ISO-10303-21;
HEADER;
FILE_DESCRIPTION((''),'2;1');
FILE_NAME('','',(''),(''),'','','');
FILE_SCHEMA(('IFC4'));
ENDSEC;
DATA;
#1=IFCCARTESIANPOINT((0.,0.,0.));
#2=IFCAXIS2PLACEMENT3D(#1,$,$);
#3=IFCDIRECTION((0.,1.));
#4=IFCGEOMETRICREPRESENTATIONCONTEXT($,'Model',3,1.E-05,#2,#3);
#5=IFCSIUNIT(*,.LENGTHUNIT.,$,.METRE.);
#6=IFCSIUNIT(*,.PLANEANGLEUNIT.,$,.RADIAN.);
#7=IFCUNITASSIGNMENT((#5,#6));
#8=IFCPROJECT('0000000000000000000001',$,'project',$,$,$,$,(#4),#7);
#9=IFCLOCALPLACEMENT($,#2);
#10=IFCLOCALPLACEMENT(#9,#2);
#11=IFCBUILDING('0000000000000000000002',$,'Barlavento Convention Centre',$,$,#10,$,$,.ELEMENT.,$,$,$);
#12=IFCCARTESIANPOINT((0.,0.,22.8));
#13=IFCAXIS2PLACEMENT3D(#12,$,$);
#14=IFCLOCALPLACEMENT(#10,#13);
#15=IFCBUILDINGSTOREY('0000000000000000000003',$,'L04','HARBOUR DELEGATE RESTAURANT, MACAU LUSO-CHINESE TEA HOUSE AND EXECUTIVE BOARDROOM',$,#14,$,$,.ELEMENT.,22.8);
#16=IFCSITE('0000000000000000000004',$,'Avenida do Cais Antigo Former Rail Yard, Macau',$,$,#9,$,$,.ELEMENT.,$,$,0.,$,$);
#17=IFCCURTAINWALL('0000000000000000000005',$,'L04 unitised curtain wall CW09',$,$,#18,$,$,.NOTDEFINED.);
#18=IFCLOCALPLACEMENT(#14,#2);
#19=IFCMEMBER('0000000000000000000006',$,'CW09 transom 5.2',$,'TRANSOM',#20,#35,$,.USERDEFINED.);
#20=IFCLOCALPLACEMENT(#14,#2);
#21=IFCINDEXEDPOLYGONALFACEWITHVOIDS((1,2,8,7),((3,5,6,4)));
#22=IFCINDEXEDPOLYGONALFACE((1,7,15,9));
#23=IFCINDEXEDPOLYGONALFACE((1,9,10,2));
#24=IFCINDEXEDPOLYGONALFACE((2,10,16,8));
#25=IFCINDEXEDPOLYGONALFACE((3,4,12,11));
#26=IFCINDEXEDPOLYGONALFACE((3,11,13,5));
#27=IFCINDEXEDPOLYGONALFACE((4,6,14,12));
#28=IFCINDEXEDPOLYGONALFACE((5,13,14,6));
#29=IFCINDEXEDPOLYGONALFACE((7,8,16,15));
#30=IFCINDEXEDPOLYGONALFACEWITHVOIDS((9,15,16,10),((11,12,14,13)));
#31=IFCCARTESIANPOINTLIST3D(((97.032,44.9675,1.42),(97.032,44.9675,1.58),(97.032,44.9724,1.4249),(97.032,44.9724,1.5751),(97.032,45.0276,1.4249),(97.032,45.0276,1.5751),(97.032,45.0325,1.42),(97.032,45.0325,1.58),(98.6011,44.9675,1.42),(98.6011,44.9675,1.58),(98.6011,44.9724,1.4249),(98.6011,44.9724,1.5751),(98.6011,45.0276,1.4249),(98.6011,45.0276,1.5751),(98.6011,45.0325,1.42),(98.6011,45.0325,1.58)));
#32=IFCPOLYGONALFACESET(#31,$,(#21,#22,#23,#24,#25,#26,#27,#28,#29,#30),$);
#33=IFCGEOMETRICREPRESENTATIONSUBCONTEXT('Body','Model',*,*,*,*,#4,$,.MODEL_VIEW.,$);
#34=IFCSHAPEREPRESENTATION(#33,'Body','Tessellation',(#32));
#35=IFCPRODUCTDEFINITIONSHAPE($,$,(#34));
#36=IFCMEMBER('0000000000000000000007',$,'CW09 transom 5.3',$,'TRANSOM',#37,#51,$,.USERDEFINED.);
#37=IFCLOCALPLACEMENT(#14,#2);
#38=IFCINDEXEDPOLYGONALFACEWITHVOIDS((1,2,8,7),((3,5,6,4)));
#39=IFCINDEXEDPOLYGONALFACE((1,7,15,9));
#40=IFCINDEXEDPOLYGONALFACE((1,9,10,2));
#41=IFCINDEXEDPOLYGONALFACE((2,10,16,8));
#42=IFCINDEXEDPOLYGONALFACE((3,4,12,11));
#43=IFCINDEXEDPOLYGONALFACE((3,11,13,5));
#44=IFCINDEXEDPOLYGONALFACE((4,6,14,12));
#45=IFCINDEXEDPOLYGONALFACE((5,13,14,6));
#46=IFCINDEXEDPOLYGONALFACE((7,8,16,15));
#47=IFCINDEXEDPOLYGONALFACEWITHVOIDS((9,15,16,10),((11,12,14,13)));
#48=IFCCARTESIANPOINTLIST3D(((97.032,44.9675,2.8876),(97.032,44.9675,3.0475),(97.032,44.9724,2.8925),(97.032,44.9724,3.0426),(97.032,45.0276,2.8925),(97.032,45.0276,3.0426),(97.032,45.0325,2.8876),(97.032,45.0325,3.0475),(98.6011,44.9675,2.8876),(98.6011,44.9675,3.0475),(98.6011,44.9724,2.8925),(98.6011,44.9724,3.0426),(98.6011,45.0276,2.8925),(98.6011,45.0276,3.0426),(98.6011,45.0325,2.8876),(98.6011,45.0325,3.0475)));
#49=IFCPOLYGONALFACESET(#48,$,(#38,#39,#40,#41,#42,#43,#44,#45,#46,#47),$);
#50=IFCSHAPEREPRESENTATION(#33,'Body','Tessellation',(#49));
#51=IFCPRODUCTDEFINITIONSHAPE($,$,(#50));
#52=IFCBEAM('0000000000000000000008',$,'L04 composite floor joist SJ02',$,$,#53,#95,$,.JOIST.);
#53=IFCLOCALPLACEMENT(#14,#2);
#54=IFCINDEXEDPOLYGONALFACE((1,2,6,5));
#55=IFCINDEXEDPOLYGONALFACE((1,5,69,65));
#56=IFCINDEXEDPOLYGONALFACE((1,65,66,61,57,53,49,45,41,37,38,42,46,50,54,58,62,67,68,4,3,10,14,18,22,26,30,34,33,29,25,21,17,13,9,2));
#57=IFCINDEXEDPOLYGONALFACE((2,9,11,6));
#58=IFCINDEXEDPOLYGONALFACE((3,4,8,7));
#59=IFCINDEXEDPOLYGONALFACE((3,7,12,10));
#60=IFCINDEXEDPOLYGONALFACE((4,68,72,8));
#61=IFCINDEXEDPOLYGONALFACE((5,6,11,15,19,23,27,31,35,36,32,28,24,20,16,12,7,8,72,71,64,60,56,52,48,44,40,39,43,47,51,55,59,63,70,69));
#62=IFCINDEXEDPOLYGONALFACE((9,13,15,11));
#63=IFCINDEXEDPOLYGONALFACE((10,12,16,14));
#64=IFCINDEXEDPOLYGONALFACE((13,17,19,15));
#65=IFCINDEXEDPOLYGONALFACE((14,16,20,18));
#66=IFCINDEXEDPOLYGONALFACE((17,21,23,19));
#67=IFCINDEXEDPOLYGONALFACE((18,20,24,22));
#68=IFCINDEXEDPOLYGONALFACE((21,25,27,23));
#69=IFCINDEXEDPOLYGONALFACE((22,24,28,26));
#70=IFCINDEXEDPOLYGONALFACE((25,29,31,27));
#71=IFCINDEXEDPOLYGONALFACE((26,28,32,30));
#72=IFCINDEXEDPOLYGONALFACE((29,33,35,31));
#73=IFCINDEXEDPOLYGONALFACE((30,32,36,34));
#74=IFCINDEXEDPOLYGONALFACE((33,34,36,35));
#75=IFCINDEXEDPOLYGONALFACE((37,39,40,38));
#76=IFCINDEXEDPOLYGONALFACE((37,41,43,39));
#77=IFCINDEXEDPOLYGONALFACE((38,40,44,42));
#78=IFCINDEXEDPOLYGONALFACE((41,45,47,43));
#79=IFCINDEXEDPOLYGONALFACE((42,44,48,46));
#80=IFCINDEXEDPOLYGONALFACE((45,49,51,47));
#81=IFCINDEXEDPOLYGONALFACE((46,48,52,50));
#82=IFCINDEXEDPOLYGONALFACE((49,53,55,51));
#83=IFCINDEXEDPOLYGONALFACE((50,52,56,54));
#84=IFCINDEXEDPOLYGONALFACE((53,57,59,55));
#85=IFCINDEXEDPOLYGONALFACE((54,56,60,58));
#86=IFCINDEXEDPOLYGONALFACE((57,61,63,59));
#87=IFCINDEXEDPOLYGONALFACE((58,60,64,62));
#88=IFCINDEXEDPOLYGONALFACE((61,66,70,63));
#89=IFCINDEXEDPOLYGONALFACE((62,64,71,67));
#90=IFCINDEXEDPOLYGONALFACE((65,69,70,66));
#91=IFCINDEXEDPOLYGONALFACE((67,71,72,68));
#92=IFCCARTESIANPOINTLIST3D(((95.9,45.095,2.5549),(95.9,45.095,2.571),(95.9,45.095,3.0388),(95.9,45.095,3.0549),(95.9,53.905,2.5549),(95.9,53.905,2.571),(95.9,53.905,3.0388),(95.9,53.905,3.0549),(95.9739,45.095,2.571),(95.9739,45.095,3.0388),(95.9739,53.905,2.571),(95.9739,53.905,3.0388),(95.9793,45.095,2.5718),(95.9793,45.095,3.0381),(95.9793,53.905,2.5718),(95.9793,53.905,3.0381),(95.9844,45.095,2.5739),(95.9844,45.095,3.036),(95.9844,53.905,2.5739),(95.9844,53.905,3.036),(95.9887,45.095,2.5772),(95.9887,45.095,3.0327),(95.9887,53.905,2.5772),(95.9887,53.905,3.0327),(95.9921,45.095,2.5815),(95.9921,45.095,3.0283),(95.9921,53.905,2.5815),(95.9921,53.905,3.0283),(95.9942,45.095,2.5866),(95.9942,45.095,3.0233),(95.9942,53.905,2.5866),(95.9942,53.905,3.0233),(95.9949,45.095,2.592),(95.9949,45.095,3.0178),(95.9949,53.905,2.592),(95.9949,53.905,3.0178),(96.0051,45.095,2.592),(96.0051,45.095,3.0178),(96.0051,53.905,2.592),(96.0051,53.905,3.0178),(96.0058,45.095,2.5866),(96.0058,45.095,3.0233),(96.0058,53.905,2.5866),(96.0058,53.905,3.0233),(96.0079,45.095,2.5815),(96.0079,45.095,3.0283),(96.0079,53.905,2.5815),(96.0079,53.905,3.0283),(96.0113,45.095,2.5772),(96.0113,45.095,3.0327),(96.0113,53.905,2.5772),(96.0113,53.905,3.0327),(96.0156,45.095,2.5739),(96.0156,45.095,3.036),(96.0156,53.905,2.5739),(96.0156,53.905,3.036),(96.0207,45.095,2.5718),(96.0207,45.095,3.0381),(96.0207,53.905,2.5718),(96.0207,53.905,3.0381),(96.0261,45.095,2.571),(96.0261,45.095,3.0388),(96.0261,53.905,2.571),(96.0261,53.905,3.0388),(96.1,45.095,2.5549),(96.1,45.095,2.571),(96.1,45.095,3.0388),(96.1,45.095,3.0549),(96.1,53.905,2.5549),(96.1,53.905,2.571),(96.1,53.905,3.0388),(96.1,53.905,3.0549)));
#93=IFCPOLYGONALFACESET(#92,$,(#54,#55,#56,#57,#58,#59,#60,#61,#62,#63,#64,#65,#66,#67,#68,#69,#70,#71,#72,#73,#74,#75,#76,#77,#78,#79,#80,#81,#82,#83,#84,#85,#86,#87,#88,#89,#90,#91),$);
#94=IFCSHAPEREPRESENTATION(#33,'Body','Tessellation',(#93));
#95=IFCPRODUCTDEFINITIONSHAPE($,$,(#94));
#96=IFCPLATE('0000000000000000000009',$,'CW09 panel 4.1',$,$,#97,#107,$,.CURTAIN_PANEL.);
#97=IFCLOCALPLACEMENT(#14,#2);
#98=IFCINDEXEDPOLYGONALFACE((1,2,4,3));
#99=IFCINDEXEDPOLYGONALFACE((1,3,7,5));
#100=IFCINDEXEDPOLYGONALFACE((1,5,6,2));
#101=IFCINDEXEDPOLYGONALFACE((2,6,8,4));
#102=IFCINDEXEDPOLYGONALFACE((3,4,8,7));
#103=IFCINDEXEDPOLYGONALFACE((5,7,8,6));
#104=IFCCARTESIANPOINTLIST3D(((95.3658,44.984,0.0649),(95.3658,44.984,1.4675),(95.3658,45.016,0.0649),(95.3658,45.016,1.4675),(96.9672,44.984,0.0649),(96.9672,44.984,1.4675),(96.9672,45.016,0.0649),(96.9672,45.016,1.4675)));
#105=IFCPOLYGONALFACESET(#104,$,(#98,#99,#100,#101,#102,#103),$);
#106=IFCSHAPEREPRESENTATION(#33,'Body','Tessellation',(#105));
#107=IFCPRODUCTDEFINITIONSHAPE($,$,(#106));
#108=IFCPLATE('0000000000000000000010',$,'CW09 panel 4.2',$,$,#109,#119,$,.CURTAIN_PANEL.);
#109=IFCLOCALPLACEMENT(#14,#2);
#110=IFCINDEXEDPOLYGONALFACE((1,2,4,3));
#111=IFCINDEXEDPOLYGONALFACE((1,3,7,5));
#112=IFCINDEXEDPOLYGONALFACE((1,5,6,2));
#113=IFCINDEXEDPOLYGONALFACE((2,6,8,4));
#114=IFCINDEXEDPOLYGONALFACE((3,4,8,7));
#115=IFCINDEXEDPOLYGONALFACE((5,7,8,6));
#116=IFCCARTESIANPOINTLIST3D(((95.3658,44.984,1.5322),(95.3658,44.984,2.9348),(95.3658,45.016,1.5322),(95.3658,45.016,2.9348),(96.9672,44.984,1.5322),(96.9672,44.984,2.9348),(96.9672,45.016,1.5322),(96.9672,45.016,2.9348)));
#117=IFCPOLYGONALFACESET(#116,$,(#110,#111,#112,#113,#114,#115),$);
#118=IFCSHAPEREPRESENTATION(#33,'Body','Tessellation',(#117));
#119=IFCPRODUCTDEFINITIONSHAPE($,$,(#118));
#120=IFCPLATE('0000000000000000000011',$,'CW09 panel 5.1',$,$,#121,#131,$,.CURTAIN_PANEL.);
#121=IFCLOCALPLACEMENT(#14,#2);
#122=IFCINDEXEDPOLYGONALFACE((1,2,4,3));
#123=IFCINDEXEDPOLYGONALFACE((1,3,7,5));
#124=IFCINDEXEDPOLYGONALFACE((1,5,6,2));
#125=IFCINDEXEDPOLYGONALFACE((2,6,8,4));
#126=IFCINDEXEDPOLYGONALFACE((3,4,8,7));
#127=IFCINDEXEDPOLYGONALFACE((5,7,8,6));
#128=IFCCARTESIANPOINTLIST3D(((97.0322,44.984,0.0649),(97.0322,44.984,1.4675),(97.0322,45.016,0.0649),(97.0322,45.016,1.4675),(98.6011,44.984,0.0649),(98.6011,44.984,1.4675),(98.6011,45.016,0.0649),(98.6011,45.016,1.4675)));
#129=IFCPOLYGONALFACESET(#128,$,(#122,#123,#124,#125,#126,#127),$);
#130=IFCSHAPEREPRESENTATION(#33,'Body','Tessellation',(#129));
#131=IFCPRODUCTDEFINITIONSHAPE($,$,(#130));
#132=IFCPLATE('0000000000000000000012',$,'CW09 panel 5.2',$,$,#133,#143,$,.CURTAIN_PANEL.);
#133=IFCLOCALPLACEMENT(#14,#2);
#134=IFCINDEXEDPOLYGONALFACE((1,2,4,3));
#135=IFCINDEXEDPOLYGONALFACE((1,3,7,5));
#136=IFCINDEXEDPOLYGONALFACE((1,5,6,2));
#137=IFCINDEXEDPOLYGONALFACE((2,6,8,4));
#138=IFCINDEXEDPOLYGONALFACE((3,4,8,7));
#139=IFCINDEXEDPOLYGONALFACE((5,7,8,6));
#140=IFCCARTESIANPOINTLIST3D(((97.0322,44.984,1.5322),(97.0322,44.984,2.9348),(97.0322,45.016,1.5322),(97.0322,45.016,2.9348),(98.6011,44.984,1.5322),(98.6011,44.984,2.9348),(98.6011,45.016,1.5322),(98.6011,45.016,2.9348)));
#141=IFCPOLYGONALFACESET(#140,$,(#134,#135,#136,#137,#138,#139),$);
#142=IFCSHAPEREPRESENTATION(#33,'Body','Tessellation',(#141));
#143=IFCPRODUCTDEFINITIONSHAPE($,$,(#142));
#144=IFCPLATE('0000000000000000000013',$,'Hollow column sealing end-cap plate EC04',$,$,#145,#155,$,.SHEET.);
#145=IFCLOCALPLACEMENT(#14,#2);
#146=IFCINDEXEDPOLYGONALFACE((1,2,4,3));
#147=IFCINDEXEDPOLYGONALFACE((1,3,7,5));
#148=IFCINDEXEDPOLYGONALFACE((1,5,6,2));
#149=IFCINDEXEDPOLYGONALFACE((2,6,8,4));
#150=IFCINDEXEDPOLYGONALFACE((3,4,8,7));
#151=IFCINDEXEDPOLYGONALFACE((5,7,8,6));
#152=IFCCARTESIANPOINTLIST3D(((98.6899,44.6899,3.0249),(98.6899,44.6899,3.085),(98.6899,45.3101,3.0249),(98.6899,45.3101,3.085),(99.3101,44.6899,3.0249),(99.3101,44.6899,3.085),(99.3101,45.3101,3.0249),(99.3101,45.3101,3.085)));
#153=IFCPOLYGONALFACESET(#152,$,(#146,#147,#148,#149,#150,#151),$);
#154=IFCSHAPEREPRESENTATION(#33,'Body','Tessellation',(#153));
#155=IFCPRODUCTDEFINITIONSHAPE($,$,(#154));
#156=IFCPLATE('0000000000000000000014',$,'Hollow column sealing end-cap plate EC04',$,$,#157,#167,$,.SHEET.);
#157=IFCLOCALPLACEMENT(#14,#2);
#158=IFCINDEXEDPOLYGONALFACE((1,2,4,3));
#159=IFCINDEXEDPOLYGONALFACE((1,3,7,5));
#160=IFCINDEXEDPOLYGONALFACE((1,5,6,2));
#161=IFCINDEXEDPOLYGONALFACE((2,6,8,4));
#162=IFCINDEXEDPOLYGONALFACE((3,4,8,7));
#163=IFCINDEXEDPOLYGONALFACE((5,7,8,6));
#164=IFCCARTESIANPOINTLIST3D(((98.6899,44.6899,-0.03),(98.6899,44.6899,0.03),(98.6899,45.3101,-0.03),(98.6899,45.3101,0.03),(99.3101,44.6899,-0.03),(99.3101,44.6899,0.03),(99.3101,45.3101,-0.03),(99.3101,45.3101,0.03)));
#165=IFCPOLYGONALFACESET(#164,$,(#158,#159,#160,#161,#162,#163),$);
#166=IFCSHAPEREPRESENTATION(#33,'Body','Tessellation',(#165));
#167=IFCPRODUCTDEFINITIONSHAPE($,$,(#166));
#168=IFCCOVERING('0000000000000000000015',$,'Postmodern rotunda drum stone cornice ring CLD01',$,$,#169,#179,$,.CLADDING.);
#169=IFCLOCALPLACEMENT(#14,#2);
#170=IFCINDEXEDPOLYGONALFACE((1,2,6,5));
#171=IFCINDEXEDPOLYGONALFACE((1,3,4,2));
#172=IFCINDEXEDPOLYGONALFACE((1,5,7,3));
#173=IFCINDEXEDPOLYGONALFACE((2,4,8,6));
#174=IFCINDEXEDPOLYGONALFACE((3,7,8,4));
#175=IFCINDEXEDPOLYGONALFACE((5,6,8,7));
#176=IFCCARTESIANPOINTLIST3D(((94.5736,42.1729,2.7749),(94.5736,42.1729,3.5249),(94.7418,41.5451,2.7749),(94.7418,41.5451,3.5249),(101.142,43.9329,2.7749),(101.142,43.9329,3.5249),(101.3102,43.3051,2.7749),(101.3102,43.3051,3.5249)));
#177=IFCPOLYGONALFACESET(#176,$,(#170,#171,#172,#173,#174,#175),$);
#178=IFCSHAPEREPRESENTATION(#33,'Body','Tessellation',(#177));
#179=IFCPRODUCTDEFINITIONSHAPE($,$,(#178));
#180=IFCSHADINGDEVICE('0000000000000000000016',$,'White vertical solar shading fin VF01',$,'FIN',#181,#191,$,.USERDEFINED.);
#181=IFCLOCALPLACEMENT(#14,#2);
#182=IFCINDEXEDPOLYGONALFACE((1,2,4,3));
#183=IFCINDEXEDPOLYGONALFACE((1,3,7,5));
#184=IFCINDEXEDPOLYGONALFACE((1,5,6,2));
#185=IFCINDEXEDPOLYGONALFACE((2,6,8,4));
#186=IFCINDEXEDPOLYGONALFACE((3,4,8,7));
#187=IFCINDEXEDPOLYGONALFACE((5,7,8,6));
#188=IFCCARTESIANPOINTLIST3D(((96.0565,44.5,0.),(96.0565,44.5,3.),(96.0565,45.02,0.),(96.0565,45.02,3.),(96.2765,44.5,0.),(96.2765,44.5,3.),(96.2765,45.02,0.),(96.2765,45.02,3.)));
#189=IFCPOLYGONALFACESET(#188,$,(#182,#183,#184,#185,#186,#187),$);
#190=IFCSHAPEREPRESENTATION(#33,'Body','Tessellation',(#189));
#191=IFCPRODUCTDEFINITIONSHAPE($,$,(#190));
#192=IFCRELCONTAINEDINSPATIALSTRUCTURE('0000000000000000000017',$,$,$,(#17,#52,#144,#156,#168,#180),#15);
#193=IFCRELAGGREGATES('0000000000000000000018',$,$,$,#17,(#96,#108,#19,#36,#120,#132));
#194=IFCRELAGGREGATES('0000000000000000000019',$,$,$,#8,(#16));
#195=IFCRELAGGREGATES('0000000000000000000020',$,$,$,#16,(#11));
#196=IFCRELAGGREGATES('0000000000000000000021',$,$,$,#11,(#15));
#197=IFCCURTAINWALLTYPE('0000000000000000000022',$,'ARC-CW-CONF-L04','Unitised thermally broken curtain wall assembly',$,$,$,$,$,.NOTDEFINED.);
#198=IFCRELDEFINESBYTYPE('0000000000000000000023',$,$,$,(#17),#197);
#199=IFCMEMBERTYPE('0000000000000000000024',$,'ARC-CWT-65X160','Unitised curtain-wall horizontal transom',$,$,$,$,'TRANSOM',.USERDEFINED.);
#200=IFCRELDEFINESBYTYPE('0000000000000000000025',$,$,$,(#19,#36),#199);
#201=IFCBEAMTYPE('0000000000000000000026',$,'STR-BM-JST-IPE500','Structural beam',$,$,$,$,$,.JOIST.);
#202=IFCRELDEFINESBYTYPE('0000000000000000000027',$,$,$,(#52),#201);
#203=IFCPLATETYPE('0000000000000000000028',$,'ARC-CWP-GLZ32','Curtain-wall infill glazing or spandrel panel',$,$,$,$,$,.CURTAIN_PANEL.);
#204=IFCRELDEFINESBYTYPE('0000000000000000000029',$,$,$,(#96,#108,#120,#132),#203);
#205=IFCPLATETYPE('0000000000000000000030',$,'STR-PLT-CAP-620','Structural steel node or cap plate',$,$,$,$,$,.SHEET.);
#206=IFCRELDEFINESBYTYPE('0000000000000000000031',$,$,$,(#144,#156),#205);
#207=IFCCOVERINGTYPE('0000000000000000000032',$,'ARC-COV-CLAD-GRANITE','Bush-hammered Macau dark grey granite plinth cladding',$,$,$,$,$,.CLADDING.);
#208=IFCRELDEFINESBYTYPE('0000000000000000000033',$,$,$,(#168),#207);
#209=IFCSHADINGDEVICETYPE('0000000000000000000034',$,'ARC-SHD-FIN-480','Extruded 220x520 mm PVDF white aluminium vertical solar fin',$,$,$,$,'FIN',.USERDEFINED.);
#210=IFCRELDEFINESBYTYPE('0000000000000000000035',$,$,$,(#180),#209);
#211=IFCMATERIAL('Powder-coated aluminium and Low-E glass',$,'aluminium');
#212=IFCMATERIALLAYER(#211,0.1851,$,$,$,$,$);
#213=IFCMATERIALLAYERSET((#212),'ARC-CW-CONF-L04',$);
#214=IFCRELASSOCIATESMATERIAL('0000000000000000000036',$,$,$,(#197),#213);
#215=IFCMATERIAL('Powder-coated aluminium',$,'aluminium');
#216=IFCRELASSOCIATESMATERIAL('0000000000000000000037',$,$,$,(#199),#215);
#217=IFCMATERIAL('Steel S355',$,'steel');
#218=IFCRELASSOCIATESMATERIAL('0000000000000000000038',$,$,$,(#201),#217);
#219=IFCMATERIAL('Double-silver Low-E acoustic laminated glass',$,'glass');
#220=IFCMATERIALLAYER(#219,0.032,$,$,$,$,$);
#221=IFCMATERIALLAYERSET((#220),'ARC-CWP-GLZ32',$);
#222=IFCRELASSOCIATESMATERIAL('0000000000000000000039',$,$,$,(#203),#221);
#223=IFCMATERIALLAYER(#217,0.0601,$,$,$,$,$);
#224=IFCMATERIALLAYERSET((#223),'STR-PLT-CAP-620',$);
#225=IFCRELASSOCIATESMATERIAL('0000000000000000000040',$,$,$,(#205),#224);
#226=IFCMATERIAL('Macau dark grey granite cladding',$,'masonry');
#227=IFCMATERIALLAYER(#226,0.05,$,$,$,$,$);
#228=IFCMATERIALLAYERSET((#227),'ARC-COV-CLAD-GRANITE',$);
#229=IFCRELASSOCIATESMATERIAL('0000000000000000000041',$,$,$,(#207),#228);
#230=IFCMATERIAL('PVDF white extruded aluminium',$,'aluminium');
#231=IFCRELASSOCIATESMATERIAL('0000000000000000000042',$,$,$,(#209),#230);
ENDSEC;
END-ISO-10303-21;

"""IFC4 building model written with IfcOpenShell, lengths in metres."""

from ifc_helpers import new_model, si_unit, direction, frame, origin, origin_2d, place, context, subcontext, project, spatial, rectangle, hollow_rectangle, i_section, extrude, material, layer, layer_set, material_profile, profile_set, type_object, element, aggregate, save


model = new_model("IFC4")

# Units and contexts
model_context = context("Model", 3, precision=1e-05, world=origin(), true_north=direction((0.0, 1.0)))
body_context = subcontext(model_context, "Body", "Model", "MODEL_VIEW")
ifc_project = project(units=[si_unit("LENGTHUNIT", "METRE"), si_unit("PLANEANGLEUNIT", "RADIAN")], contexts=[model_context])

# Site, building, storey
site_placement = place(None, origin())
site = spatial("IfcSite", under=ifc_project, at=site_placement, Name="Avenida do Cais Antigo Former Rail Yard, Macau", CompositionType="ELEMENT", RefElevation=0.0)
building_placement = place(site_placement, origin())
building = spatial("IfcBuilding", under=site, at=building_placement, Name="Barlavento Convention Centre", CompositionType="ELEMENT")
storey_placement = place(building_placement, frame((0.0, 0.0, 22.8)))
storey = spatial("IfcBuildingStorey", under=building, at=storey_placement, Name="L04", Description="HARBOUR DELEGATE RESTAURANT, MACAU LUSO-CHINESE TEA HOUSE AND EXECUTIVE BOARDROOM", CompositionType="ELEMENT", Elevation=22.8)

# Curtain wall, members
ifc_material_1 = material(Name="Powder-coated aluminium and Low-E glass", Category="aluminium")
ifc_layer_1 = layer(ifc_material_1, 0.1851)
ifc_layer_set_1 = layer_set([ifc_layer_1], Name="ARC-CW-CONF-L04")
curtain_wall_type = type_object("IfcCurtainWallType", Name="ARC-CW-CONF-L04", Description="Unitised thermally broken curtain wall assembly", PredefinedType="NOTDEFINED", material=ifc_layer_set_1)
curtain_wall_placement = place(storey_placement, origin())
curtain_wall = element("IfcCurtainWall", 1, at=curtain_wall_placement, inside=storey, type_object=curtain_wall_type, Name="L04 unitised curtain wall CW09", PredefinedType="NOTDEFINED")
ifc_material_2 = material(Name="Powder-coated aluminium", Category="aluminium")
ifc_material_profile_1 = material_profile(ifc_material_2, hollow_rectangle(XDim=0.0649, YDim=0.1599, WallThickness=0.0049, at=origin_2d()), Name="AL-TRAN 65x160x5")
ifc_profile_set_1 = profile_set([ifc_material_profile_1], Name="Powder-coated aluminium")
member_type_1 = type_object("IfcMemberType", Name="ARC-CWT-65X160", Description="Unitised curtain-wall horizontal transom", ElementType="TRANSOM", PredefinedType="USERDEFINED", material=ifc_profile_set_1)
member_1_placement = place(storey_placement, frame((97.032, 45.0, 1.5), z_axis=(1.0, 0.0, 0.0), x_axis=(0.0, 1.0, 0.0)))
member_1 = element("IfcMember", 2, at=member_1_placement, type_object=member_type_1, Name="CW09 transom 5.2", ObjectType="TRANSOM", PredefinedType="USERDEFINED", context=body_context, shape_type="SweptSolid", body=[
    extrude(hollow_rectangle(XDim=0.0649, YDim=0.1599, WallThickness=0.0049, at=origin_2d()), origin(), (0.0, 0.0, 1.0), 1.5691),
])
member_2_placement = place(storey_placement, frame((97.032, 45.0, 2.9675), z_axis=(1.0, 0.0, 0.0), x_axis=(0.0, 1.0, 0.0)))
member_2 = element("IfcMember", 3, at=member_2_placement, type_object=member_type_1, Name="CW09 transom 5.3", ObjectType="TRANSOM", PredefinedType="USERDEFINED", context=body_context, shape_type="SweptSolid", body=[
    extrude(hollow_rectangle(XDim=0.0649, YDim=0.1599, WallThickness=0.0049, at=origin_2d()), origin(), (0.0, 0.0, 1.0), 1.5691),
])

# Beam
ifc_material_3 = material(Name="Steel S355", Category="steel")
ifc_material_profile_2 = material_profile(ifc_material_3, i_section(OverallWidth=0.2, OverallDepth=0.5, WebThickness=0.0103, FlangeThickness=0.0161, FilletRadius=0.021, at=origin_2d()), Name="IPE 500")
ifc_profile_set_2 = profile_set([ifc_material_profile_2], Name="Steel S355")
beam_type = type_object("IfcBeamType", Name="STR-BM-JST-IPE500", Description="Structural beam", PredefinedType="JOIST", material=ifc_profile_set_2)
beam_placement = place(storey_placement, frame((96.0, 45.095, 2.8049), z_axis=(0.0, 1.0, 0.0), x_axis=(-1.0, 0.0, 0.0)))
element("IfcBeam", 4, at=beam_placement, inside=storey, type_object=beam_type, Name="L04 composite floor joist SJ02", PredefinedType="JOIST", context=body_context, shape_type="SweptSolid", body=[
    extrude(i_section(OverallWidth=0.2, OverallDepth=0.5, WebThickness=0.0103, FlangeThickness=0.0161, FilletRadius=0.021, at=origin_2d()), origin(), (0.0, 0.0, 1.0), 8.8101),
])

# Plates
ifc_material_4 = material(Name="Double-silver Low-E acoustic laminated glass", Category="glass")
ifc_layer_2 = layer(ifc_material_4, 0.032)
ifc_layer_set_2 = layer_set([ifc_layer_2], Name="ARC-CWP-GLZ32")
plate_type_1 = type_object("IfcPlateType", Name="ARC-CWP-GLZ32", Description="Curtain-wall infill glazing or spandrel panel", PredefinedType="CURTAIN_PANEL", material=ifc_layer_set_2)
plate_1_placement = place(storey_placement, frame((96.1665, 45.0, 0.0649), z_axis=(0.0, 0.0, 1.0), x_axis=(1.0, 0.0, 0.0)))
plate_1 = element("IfcPlate", 5, at=plate_1_placement, type_object=plate_type_1, Name="CW09 panel 4.1", PredefinedType="CURTAIN_PANEL", context=body_context, shape_type="SweptSolid", body=[
    extrude(rectangle(XDim=1.6013, YDim=0.032, at=origin_2d()), origin(), (0.0, 0.0, 1.0), 1.4026),
])
plate_2_placement = place(storey_placement, frame((96.1665, 45.0, 1.5322), z_axis=(0.0, 0.0, 1.0), x_axis=(1.0, 0.0, 0.0)))
plate_2 = element("IfcPlate", 6, at=plate_2_placement, type_object=plate_type_1, Name="CW09 panel 4.2", PredefinedType="CURTAIN_PANEL", context=body_context, shape_type="SweptSolid", body=[
    extrude(rectangle(XDim=1.6013, YDim=0.032, at=origin_2d()), origin(), (0.0, 0.0, 1.0), 1.4026),
])
plate_3_placement = place(storey_placement, frame((97.8167, 45.0, 0.0649), z_axis=(0.0, 0.0, 1.0), x_axis=(1.0, 0.0, 0.0)))
plate_3 = element("IfcPlate", 7, at=plate_3_placement, type_object=plate_type_1, Name="CW09 panel 5.1", PredefinedType="CURTAIN_PANEL", context=body_context, shape_type="SweptSolid", body=[
    extrude(rectangle(XDim=1.5688, YDim=0.032, at=origin_2d()), origin(), (0.0, 0.0, 1.0), 1.4026),
])
plate_4_placement = place(storey_placement, frame((97.8167, 45.0, 1.5322), z_axis=(0.0, 0.0, 1.0), x_axis=(1.0, 0.0, 0.0)))
plate_4 = element("IfcPlate", 8, at=plate_4_placement, type_object=plate_type_1, Name="CW09 panel 5.2", PredefinedType="CURTAIN_PANEL", context=body_context, shape_type="SweptSolid", body=[
    extrude(rectangle(XDim=1.5688, YDim=0.032, at=origin_2d()), origin(), (0.0, 0.0, 1.0), 1.4026),
])
aggregate(curtain_wall, [plate_1, plate_2, member_1, member_2, plate_3, plate_4])

# Plates
ifc_layer_3 = layer(ifc_material_3, 0.0601)
ifc_layer_set_3 = layer_set([ifc_layer_3], Name="STR-PLT-CAP-620")
plate_type_2 = type_object("IfcPlateType", Name="STR-PLT-CAP-620", Description="Structural steel node or cap plate", PredefinedType="SHEET", material=ifc_layer_set_3)
for number, where, z_axis, x_axis, name in (
    (9, (99.0, 45.0, 3.0249), (0.0, 0.0, 1.0), (1.0, 0.0, 0.0), "Hollow column sealing end-cap plate EC04"),
    (10, (99.0, 45.0, -0.03), (0.0, 0.0, 1.0), (1.0, 0.0, 0.0), "Hollow column sealing end-cap plate EC04"),
):
    element("IfcPlate", number, at=place(storey_placement, frame(where, z_axis=z_axis, x_axis=x_axis)), inside=storey, type_object=plate_type_2, Name=name, PredefinedType="SHEET", context=body_context, shape_type="SweptSolid", body=[
        extrude(rectangle(XDim=0.6201, YDim=0.6201, at=origin_2d()), origin(), (0.0, 0.0, 1.0), 0.0601),
    ])

# Covering
ifc_material_5 = material(Name="Macau dark grey granite cladding", Category="masonry")
ifc_layer_4 = layer(ifc_material_5, 0.05)
ifc_layer_set_4 = layer_set([ifc_layer_4], Name="ARC-COV-CLAD-GRANITE")
covering_type = type_object("IfcCoveringType", Name="ARC-COV-CLAD-GRANITE", Description="Bush-hammered Macau dark grey granite plinth cladding", PredefinedType="CLADDING", material=ifc_layer_set_4)
covering_placement = place(storey_placement, frame((97.9419, 42.739, 2.7749), z_axis=(0.0, 0.0, 1.0), x_axis=(0.965926, 0.258819, 0.0)))
element("IfcCovering", 11, at=covering_placement, inside=storey, type_object=covering_type, Name="Postmodern rotunda drum stone cornice ring CLD01", PredefinedType="CLADDING", context=body_context, shape_type="SweptSolid", body=[
    extrude(rectangle(XDim=6.8, YDim=0.6499, at=origin_2d()), origin(), (0.0, 0.0, 1.0), 0.75),
])

# Shading device
ifc_material_6 = material(Name="PVDF white extruded aluminium", Category="aluminium")
shading_device_type = type_object("IfcShadingDeviceType", Name="ARC-SHD-FIN-480", Description="Extruded 220x520 mm PVDF white aluminium vertical solar fin", ElementType="FIN", PredefinedType="USERDEFINED", material=ifc_material_6)
for number, where, z_axis, x_axis, name in (
    (12, (96.1665, 44.76, 0.0), (0.0, 0.0, 1.0), (1.0, 0.0, 0.0), "White vertical solar shading fin VF01"),
):
    element("IfcShadingDevice", number, at=place(storey_placement, frame(where, z_axis=z_axis, x_axis=x_axis)), inside=storey, type_object=shading_device_type, Name=name, ObjectType="FIN", PredefinedType="USERDEFINED", context=body_context, shape_type="SweptSolid", body=[
        extrude(rectangle(XDim=0.22, YDim=0.52, at=origin_2d()), origin(), (0.0, 0.0, 1.0), 3.0),
    ])

save(model, "model.ifc")
